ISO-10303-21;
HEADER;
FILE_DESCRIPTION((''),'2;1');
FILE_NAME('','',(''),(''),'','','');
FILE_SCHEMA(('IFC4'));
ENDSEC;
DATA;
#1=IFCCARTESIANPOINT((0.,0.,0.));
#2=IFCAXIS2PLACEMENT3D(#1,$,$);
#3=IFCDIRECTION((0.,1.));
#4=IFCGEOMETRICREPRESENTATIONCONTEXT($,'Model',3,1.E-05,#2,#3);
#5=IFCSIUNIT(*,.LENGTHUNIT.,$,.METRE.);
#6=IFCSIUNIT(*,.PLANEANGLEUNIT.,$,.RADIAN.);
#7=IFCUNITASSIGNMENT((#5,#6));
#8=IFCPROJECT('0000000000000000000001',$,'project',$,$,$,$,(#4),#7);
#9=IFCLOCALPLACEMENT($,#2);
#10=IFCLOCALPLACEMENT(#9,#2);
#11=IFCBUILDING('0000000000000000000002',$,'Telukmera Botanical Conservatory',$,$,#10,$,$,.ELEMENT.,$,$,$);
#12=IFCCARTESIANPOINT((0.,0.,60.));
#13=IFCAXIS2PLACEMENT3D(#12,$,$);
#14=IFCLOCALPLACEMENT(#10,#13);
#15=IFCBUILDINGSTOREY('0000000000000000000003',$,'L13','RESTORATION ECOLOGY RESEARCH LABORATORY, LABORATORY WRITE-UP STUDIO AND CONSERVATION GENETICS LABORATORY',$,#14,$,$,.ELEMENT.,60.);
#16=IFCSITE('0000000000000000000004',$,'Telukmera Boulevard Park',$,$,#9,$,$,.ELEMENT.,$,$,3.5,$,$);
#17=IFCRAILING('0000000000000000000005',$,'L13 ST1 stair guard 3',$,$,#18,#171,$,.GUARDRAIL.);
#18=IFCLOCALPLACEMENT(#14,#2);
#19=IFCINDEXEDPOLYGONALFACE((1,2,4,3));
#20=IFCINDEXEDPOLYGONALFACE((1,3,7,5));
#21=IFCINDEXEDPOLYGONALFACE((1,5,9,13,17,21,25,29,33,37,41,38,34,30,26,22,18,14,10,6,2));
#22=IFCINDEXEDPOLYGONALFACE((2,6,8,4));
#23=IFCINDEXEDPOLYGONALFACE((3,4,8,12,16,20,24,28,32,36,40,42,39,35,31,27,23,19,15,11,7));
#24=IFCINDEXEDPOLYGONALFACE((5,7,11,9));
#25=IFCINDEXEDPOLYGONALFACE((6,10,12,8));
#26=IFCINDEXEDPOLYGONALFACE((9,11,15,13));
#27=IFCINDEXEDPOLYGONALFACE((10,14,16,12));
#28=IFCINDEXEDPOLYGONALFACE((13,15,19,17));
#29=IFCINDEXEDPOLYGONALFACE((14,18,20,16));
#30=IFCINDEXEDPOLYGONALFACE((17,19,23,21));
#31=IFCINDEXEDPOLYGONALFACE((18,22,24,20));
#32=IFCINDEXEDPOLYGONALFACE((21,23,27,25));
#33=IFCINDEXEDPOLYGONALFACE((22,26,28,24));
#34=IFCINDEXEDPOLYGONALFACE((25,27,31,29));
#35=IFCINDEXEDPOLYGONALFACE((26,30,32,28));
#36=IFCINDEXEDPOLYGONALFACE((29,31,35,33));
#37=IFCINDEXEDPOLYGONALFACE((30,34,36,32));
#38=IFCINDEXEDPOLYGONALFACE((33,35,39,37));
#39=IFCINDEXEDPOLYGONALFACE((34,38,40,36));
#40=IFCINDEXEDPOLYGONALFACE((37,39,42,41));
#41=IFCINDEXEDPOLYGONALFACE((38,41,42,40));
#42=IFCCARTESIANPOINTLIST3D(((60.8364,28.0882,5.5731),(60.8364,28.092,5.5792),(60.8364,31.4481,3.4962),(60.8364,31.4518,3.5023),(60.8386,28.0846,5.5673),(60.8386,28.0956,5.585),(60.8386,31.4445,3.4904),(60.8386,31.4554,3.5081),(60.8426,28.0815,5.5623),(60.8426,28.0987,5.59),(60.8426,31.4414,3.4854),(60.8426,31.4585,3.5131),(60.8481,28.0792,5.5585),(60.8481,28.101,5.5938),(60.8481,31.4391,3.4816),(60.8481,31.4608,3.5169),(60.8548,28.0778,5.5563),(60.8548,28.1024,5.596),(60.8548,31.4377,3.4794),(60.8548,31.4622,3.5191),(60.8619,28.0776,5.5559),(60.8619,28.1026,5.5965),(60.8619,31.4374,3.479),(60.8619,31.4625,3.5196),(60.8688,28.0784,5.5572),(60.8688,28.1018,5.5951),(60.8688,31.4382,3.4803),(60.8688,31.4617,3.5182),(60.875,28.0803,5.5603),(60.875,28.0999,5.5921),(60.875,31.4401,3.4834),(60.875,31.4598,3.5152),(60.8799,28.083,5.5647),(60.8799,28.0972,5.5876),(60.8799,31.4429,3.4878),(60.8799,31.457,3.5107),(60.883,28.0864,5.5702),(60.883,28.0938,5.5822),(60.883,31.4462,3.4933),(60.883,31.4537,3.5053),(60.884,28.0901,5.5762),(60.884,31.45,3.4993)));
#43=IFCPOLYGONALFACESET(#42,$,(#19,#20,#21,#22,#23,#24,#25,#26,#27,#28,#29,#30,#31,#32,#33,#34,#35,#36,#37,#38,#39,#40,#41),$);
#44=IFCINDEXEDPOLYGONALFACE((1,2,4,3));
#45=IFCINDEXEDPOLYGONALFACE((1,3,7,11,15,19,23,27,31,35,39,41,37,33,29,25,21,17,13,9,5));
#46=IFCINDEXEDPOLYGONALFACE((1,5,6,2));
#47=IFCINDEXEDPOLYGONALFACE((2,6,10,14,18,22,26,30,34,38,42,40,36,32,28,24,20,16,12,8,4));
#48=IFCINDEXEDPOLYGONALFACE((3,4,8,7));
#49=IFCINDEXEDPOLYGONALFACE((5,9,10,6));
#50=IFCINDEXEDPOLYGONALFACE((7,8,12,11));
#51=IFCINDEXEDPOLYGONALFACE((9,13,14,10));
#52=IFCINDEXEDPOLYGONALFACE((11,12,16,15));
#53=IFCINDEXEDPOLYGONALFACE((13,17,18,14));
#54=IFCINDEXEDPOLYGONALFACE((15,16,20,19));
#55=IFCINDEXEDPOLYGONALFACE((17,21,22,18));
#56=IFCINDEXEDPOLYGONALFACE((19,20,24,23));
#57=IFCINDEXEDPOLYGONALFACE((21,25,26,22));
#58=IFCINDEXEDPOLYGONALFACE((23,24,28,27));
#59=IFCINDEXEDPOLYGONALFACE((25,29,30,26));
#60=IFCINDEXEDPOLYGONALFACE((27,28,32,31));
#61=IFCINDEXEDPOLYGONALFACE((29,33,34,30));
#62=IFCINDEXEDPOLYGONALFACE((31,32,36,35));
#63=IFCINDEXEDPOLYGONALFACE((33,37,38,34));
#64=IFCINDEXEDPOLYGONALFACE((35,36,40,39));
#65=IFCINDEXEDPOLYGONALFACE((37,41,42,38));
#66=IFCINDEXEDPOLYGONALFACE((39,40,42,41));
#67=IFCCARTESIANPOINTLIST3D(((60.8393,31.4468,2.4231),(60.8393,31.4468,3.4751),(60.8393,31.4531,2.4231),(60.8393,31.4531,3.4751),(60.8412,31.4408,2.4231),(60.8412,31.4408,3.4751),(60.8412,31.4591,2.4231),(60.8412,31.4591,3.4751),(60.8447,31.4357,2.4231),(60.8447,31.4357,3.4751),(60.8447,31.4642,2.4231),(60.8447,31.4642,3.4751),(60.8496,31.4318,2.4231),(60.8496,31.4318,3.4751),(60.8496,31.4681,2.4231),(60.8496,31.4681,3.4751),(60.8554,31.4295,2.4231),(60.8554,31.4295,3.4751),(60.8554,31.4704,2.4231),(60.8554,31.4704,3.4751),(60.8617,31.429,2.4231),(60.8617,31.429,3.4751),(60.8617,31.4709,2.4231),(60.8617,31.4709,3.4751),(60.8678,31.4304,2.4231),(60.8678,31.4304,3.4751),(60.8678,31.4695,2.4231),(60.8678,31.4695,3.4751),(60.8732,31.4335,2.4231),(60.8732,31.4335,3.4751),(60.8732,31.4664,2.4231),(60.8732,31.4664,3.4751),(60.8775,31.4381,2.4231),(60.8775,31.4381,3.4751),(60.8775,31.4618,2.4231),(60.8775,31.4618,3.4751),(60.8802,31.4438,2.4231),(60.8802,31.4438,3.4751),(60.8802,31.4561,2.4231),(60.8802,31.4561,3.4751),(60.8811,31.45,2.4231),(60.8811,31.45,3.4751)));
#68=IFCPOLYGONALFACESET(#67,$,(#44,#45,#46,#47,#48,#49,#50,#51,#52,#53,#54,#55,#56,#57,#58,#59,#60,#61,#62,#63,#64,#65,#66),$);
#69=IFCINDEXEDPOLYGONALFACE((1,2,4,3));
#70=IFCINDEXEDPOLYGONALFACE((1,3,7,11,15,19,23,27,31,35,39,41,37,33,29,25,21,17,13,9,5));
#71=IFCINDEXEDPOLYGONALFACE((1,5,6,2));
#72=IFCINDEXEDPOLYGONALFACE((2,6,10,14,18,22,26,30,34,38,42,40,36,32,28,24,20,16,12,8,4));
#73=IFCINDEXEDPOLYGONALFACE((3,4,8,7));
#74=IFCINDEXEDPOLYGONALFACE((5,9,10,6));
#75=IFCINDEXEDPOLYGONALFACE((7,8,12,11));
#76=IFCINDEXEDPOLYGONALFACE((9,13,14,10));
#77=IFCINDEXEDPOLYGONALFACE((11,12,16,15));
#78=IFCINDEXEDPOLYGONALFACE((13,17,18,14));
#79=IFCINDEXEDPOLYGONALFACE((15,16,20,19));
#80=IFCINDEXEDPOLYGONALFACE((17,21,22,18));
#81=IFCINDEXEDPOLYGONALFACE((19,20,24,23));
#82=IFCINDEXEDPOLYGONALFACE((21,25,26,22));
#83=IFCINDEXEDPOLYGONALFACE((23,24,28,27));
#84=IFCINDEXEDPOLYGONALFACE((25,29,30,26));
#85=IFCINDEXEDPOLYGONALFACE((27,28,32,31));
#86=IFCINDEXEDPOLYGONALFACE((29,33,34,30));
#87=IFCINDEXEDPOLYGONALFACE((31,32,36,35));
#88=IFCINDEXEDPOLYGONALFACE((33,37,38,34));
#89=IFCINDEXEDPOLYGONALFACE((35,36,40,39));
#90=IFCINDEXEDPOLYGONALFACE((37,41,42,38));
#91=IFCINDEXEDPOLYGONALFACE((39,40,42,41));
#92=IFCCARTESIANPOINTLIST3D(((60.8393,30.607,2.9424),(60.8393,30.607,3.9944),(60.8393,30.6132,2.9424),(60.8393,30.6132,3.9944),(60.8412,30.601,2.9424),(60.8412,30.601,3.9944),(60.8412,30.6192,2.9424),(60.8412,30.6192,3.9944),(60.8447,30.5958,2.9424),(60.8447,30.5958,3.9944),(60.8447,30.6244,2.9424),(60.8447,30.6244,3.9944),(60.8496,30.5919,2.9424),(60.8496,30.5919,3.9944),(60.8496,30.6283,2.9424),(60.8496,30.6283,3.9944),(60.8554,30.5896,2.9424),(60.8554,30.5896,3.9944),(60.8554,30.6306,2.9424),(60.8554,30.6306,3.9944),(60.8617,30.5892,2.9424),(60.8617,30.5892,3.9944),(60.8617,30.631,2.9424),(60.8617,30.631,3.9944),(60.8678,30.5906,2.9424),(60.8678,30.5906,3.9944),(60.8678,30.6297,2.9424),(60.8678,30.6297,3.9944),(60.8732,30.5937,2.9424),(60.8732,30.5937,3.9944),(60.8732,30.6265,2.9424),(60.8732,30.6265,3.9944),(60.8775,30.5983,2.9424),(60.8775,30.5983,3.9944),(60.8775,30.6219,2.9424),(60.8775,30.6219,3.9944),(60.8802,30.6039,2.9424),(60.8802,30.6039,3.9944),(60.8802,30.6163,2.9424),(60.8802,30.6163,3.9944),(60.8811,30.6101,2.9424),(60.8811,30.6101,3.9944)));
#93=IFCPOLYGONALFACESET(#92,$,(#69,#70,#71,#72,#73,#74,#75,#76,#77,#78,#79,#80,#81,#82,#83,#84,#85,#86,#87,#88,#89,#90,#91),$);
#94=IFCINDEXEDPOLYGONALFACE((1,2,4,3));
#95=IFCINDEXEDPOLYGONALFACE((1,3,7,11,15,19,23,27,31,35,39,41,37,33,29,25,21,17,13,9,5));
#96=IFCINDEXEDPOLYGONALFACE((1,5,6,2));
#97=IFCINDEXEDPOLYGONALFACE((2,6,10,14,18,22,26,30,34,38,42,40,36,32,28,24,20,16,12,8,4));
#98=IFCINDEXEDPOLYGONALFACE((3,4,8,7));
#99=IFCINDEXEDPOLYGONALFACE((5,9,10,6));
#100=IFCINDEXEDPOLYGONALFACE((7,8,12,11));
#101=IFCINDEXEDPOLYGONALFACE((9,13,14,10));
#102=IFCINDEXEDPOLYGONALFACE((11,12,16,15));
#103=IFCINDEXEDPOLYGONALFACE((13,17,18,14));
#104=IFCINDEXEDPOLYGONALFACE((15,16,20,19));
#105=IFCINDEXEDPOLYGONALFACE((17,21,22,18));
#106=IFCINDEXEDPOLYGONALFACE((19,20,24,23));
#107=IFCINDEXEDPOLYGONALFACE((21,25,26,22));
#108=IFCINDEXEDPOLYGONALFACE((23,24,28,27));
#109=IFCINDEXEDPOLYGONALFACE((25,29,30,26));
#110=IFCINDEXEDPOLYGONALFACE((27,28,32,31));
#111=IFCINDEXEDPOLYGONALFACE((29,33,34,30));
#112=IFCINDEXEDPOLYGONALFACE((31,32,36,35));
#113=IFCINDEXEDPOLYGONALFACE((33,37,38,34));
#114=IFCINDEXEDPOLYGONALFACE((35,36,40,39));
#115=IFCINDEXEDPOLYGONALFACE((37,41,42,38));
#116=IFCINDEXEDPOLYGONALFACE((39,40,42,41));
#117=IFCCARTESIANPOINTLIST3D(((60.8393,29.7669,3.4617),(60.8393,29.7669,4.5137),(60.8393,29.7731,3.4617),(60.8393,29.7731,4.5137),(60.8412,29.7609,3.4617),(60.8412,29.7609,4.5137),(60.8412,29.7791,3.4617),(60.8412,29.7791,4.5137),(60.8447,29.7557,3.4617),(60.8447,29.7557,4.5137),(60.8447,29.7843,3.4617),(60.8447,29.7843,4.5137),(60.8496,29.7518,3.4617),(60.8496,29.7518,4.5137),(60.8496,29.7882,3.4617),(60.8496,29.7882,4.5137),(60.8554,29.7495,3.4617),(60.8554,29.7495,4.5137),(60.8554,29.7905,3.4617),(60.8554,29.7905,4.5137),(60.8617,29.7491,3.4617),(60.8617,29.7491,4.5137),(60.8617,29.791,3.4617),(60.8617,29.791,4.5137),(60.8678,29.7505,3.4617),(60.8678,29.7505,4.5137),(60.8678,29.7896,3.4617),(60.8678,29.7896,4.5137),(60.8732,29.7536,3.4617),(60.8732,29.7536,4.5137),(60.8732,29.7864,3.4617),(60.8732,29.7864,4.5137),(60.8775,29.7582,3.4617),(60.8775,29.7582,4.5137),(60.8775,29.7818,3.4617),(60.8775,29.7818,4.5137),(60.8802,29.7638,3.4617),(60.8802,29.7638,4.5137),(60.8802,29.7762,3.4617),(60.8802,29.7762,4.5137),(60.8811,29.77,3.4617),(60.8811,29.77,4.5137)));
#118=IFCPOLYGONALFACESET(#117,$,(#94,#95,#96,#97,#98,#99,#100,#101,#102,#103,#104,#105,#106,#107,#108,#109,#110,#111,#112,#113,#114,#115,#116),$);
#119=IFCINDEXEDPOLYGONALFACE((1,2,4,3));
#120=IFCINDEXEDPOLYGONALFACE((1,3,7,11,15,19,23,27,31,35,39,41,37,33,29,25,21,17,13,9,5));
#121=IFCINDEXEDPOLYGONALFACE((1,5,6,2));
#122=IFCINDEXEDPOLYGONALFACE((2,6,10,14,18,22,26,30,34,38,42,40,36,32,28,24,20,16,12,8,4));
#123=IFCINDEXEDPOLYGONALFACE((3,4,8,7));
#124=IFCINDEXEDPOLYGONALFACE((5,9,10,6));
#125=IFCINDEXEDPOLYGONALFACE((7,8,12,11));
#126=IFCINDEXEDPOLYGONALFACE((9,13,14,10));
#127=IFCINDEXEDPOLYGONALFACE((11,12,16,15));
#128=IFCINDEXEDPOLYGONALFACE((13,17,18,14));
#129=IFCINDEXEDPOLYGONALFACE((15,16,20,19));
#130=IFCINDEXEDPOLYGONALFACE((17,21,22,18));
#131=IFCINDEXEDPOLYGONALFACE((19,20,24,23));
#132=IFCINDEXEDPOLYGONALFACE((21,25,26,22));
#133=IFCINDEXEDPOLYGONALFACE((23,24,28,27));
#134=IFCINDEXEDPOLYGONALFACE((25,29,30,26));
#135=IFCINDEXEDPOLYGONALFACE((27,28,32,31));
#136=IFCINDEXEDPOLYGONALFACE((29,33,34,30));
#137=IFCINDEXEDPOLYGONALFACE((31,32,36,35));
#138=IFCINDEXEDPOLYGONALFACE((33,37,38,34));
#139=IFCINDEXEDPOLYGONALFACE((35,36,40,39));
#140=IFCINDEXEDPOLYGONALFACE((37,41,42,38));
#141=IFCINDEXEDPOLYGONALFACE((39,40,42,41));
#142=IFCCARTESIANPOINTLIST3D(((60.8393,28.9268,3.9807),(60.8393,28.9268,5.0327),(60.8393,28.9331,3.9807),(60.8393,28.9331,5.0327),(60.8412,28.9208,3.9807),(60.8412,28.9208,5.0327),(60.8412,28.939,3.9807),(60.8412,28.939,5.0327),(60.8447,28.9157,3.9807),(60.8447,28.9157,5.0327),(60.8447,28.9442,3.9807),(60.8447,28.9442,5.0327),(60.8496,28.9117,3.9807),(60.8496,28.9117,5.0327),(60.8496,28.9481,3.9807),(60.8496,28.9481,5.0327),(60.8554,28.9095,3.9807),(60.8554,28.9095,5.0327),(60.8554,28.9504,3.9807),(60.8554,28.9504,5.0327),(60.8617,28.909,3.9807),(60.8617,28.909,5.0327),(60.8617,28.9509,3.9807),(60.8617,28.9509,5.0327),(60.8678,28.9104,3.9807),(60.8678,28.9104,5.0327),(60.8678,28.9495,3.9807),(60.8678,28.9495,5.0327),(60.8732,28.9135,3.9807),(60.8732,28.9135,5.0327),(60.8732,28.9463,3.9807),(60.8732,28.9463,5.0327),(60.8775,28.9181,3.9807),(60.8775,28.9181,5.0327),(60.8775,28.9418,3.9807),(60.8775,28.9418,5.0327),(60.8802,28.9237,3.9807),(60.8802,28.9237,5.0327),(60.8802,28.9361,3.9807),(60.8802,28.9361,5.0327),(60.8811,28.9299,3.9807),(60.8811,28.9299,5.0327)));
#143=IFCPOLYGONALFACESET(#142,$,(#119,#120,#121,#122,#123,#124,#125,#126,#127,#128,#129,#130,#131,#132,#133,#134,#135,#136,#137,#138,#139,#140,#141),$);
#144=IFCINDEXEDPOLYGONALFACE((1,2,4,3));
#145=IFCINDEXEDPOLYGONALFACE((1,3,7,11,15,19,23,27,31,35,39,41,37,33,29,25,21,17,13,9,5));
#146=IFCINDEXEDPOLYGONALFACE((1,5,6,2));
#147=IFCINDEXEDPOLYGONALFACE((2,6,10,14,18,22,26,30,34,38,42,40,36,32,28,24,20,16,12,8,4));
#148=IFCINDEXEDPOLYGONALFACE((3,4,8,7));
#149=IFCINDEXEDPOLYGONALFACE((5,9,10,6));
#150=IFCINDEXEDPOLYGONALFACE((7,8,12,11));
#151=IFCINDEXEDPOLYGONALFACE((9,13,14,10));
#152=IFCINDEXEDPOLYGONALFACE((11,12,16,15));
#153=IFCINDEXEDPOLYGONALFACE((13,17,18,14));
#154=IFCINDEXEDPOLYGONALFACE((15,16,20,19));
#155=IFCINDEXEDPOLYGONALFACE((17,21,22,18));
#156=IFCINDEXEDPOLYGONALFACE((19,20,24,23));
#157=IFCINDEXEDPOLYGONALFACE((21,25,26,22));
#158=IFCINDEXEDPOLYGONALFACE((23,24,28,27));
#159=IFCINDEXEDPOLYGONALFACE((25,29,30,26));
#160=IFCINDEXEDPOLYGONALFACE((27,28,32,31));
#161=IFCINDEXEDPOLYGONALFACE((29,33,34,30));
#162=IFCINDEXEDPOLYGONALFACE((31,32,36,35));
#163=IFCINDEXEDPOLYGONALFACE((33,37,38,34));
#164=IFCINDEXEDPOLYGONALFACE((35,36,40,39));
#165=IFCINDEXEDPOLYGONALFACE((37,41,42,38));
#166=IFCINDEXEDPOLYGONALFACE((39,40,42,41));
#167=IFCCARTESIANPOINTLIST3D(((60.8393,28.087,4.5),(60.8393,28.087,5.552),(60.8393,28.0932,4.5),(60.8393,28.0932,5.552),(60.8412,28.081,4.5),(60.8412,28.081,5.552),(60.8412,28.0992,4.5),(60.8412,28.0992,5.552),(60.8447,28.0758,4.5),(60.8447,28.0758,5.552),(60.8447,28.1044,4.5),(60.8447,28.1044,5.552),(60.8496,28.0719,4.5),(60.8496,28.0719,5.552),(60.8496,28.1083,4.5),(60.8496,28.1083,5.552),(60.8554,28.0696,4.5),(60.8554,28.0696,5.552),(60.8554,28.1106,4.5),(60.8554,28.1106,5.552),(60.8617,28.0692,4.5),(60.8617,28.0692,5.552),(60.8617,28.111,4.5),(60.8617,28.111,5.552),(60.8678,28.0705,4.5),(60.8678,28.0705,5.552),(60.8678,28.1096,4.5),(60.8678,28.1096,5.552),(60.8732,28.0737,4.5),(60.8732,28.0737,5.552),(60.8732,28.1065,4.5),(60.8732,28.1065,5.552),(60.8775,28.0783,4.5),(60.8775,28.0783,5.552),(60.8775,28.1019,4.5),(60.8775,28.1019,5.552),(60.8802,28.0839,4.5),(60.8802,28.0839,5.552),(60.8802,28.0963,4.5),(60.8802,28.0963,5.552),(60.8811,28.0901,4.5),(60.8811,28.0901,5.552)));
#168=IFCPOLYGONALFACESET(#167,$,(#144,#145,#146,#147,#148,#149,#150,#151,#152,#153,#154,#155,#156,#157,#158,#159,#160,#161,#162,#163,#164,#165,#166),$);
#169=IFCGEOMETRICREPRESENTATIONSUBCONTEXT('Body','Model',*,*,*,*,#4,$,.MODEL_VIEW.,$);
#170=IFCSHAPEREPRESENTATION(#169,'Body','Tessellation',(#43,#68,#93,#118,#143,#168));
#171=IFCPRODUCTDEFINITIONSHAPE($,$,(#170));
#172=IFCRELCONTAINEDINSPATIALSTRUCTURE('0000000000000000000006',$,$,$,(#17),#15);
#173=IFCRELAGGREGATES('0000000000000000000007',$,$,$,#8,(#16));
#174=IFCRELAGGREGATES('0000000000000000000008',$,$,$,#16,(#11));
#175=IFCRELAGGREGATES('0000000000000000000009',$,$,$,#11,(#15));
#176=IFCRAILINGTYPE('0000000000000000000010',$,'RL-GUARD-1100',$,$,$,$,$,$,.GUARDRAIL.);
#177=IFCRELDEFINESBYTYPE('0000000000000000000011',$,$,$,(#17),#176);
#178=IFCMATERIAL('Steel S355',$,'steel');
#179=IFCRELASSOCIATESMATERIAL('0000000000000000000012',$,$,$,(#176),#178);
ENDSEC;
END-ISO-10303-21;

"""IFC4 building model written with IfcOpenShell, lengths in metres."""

from ifc_helpers import new_model, si_unit, direction, frame, origin, origin_2d, place, context, subcontext, project, spatial, circle, extrude, material, type_object, element, save


model = new_model("IFC4")

# Units and contexts
model_context = context("Model", 3, precision=1e-05, world=origin(), true_north=direction((0.0, 1.0)))
body_context = subcontext(model_context, "Body", "Model", "MODEL_VIEW")
ifc_project = project(units=[si_unit("LENGTHUNIT", "METRE"), si_unit("PLANEANGLEUNIT", "RADIAN")], contexts=[model_context])

# Site, building, storey
site_placement = place(None, origin())
site = spatial("IfcSite", under=ifc_project, at=site_placement, Name="Telukmera Boulevard Park", CompositionType="ELEMENT", RefElevation=3.5)
building_placement = place(site_placement, origin())
building = spatial("IfcBuilding", under=site, at=building_placement, Name="Telukmera Botanical Conservatory", CompositionType="ELEMENT")
storey_placement = place(building_placement, frame((0.0, 0.0, 60.0)))
storey = spatial("IfcBuildingStorey", under=building, at=storey_placement, Name="L13", Description="RESTORATION ECOLOGY RESEARCH LABORATORY, LABORATORY WRITE-UP STUDIO AND CONSERVATION GENETICS LABORATORY", CompositionType="ELEMENT", Elevation=60.0)

# Railing
ifc_material_1 = material(Name="Steel S355", Category="steel")
railing_type_1 = type_object("IfcRailingType", Name="RL-GUARD-1100", PredefinedType="GUARDRAIL", material=ifc_material_1)
railing_1_placement = place(storey_placement, frame((60.8601, 31.45, 2.4231)))
element("IfcRailing", 1, at=railing_1_placement, inside=storey, type_object=railing_type_1, Name="L13 ST1 stair guard 3", PredefinedType="GUARDRAIL", context=body_context, shape_type="SweptSolid", body=[
    extrude(circle(Radius=0.0239, at=origin_2d()), frame((0.0, 0.0, 1.0762), z_axis=(0.0, -0.850606, 0.525803), x_axis=(1.0, 0.0, 0.0)), (0.0, 0.0, 1.0), 3.95),
    extrude(circle(Radius=0.021, at=origin_2d()), origin(), (0.0, 0.0, 1.0), 1.052),
    extrude(circle(Radius=0.021, at=origin_2d()), frame((0.0, -0.8398, 0.5193)), (0.0, 0.0, 1.0), 1.052),
    extrude(circle(Radius=0.021, at=origin_2d()), frame((0.0, -1.6799, 1.0386)), (0.0, 0.0, 1.0), 1.052),
    extrude(circle(Radius=0.021, at=origin_2d()), frame((0.0, -2.52, 1.5576)), (0.0, 0.0, 1.0), 1.052),
    extrude(circle(Radius=0.021, at=origin_2d()), frame((0.0, -3.3599, 2.0769)), (0.0, 0.0, 1.0), 1.052),
])

save(model, "model.ifc")
